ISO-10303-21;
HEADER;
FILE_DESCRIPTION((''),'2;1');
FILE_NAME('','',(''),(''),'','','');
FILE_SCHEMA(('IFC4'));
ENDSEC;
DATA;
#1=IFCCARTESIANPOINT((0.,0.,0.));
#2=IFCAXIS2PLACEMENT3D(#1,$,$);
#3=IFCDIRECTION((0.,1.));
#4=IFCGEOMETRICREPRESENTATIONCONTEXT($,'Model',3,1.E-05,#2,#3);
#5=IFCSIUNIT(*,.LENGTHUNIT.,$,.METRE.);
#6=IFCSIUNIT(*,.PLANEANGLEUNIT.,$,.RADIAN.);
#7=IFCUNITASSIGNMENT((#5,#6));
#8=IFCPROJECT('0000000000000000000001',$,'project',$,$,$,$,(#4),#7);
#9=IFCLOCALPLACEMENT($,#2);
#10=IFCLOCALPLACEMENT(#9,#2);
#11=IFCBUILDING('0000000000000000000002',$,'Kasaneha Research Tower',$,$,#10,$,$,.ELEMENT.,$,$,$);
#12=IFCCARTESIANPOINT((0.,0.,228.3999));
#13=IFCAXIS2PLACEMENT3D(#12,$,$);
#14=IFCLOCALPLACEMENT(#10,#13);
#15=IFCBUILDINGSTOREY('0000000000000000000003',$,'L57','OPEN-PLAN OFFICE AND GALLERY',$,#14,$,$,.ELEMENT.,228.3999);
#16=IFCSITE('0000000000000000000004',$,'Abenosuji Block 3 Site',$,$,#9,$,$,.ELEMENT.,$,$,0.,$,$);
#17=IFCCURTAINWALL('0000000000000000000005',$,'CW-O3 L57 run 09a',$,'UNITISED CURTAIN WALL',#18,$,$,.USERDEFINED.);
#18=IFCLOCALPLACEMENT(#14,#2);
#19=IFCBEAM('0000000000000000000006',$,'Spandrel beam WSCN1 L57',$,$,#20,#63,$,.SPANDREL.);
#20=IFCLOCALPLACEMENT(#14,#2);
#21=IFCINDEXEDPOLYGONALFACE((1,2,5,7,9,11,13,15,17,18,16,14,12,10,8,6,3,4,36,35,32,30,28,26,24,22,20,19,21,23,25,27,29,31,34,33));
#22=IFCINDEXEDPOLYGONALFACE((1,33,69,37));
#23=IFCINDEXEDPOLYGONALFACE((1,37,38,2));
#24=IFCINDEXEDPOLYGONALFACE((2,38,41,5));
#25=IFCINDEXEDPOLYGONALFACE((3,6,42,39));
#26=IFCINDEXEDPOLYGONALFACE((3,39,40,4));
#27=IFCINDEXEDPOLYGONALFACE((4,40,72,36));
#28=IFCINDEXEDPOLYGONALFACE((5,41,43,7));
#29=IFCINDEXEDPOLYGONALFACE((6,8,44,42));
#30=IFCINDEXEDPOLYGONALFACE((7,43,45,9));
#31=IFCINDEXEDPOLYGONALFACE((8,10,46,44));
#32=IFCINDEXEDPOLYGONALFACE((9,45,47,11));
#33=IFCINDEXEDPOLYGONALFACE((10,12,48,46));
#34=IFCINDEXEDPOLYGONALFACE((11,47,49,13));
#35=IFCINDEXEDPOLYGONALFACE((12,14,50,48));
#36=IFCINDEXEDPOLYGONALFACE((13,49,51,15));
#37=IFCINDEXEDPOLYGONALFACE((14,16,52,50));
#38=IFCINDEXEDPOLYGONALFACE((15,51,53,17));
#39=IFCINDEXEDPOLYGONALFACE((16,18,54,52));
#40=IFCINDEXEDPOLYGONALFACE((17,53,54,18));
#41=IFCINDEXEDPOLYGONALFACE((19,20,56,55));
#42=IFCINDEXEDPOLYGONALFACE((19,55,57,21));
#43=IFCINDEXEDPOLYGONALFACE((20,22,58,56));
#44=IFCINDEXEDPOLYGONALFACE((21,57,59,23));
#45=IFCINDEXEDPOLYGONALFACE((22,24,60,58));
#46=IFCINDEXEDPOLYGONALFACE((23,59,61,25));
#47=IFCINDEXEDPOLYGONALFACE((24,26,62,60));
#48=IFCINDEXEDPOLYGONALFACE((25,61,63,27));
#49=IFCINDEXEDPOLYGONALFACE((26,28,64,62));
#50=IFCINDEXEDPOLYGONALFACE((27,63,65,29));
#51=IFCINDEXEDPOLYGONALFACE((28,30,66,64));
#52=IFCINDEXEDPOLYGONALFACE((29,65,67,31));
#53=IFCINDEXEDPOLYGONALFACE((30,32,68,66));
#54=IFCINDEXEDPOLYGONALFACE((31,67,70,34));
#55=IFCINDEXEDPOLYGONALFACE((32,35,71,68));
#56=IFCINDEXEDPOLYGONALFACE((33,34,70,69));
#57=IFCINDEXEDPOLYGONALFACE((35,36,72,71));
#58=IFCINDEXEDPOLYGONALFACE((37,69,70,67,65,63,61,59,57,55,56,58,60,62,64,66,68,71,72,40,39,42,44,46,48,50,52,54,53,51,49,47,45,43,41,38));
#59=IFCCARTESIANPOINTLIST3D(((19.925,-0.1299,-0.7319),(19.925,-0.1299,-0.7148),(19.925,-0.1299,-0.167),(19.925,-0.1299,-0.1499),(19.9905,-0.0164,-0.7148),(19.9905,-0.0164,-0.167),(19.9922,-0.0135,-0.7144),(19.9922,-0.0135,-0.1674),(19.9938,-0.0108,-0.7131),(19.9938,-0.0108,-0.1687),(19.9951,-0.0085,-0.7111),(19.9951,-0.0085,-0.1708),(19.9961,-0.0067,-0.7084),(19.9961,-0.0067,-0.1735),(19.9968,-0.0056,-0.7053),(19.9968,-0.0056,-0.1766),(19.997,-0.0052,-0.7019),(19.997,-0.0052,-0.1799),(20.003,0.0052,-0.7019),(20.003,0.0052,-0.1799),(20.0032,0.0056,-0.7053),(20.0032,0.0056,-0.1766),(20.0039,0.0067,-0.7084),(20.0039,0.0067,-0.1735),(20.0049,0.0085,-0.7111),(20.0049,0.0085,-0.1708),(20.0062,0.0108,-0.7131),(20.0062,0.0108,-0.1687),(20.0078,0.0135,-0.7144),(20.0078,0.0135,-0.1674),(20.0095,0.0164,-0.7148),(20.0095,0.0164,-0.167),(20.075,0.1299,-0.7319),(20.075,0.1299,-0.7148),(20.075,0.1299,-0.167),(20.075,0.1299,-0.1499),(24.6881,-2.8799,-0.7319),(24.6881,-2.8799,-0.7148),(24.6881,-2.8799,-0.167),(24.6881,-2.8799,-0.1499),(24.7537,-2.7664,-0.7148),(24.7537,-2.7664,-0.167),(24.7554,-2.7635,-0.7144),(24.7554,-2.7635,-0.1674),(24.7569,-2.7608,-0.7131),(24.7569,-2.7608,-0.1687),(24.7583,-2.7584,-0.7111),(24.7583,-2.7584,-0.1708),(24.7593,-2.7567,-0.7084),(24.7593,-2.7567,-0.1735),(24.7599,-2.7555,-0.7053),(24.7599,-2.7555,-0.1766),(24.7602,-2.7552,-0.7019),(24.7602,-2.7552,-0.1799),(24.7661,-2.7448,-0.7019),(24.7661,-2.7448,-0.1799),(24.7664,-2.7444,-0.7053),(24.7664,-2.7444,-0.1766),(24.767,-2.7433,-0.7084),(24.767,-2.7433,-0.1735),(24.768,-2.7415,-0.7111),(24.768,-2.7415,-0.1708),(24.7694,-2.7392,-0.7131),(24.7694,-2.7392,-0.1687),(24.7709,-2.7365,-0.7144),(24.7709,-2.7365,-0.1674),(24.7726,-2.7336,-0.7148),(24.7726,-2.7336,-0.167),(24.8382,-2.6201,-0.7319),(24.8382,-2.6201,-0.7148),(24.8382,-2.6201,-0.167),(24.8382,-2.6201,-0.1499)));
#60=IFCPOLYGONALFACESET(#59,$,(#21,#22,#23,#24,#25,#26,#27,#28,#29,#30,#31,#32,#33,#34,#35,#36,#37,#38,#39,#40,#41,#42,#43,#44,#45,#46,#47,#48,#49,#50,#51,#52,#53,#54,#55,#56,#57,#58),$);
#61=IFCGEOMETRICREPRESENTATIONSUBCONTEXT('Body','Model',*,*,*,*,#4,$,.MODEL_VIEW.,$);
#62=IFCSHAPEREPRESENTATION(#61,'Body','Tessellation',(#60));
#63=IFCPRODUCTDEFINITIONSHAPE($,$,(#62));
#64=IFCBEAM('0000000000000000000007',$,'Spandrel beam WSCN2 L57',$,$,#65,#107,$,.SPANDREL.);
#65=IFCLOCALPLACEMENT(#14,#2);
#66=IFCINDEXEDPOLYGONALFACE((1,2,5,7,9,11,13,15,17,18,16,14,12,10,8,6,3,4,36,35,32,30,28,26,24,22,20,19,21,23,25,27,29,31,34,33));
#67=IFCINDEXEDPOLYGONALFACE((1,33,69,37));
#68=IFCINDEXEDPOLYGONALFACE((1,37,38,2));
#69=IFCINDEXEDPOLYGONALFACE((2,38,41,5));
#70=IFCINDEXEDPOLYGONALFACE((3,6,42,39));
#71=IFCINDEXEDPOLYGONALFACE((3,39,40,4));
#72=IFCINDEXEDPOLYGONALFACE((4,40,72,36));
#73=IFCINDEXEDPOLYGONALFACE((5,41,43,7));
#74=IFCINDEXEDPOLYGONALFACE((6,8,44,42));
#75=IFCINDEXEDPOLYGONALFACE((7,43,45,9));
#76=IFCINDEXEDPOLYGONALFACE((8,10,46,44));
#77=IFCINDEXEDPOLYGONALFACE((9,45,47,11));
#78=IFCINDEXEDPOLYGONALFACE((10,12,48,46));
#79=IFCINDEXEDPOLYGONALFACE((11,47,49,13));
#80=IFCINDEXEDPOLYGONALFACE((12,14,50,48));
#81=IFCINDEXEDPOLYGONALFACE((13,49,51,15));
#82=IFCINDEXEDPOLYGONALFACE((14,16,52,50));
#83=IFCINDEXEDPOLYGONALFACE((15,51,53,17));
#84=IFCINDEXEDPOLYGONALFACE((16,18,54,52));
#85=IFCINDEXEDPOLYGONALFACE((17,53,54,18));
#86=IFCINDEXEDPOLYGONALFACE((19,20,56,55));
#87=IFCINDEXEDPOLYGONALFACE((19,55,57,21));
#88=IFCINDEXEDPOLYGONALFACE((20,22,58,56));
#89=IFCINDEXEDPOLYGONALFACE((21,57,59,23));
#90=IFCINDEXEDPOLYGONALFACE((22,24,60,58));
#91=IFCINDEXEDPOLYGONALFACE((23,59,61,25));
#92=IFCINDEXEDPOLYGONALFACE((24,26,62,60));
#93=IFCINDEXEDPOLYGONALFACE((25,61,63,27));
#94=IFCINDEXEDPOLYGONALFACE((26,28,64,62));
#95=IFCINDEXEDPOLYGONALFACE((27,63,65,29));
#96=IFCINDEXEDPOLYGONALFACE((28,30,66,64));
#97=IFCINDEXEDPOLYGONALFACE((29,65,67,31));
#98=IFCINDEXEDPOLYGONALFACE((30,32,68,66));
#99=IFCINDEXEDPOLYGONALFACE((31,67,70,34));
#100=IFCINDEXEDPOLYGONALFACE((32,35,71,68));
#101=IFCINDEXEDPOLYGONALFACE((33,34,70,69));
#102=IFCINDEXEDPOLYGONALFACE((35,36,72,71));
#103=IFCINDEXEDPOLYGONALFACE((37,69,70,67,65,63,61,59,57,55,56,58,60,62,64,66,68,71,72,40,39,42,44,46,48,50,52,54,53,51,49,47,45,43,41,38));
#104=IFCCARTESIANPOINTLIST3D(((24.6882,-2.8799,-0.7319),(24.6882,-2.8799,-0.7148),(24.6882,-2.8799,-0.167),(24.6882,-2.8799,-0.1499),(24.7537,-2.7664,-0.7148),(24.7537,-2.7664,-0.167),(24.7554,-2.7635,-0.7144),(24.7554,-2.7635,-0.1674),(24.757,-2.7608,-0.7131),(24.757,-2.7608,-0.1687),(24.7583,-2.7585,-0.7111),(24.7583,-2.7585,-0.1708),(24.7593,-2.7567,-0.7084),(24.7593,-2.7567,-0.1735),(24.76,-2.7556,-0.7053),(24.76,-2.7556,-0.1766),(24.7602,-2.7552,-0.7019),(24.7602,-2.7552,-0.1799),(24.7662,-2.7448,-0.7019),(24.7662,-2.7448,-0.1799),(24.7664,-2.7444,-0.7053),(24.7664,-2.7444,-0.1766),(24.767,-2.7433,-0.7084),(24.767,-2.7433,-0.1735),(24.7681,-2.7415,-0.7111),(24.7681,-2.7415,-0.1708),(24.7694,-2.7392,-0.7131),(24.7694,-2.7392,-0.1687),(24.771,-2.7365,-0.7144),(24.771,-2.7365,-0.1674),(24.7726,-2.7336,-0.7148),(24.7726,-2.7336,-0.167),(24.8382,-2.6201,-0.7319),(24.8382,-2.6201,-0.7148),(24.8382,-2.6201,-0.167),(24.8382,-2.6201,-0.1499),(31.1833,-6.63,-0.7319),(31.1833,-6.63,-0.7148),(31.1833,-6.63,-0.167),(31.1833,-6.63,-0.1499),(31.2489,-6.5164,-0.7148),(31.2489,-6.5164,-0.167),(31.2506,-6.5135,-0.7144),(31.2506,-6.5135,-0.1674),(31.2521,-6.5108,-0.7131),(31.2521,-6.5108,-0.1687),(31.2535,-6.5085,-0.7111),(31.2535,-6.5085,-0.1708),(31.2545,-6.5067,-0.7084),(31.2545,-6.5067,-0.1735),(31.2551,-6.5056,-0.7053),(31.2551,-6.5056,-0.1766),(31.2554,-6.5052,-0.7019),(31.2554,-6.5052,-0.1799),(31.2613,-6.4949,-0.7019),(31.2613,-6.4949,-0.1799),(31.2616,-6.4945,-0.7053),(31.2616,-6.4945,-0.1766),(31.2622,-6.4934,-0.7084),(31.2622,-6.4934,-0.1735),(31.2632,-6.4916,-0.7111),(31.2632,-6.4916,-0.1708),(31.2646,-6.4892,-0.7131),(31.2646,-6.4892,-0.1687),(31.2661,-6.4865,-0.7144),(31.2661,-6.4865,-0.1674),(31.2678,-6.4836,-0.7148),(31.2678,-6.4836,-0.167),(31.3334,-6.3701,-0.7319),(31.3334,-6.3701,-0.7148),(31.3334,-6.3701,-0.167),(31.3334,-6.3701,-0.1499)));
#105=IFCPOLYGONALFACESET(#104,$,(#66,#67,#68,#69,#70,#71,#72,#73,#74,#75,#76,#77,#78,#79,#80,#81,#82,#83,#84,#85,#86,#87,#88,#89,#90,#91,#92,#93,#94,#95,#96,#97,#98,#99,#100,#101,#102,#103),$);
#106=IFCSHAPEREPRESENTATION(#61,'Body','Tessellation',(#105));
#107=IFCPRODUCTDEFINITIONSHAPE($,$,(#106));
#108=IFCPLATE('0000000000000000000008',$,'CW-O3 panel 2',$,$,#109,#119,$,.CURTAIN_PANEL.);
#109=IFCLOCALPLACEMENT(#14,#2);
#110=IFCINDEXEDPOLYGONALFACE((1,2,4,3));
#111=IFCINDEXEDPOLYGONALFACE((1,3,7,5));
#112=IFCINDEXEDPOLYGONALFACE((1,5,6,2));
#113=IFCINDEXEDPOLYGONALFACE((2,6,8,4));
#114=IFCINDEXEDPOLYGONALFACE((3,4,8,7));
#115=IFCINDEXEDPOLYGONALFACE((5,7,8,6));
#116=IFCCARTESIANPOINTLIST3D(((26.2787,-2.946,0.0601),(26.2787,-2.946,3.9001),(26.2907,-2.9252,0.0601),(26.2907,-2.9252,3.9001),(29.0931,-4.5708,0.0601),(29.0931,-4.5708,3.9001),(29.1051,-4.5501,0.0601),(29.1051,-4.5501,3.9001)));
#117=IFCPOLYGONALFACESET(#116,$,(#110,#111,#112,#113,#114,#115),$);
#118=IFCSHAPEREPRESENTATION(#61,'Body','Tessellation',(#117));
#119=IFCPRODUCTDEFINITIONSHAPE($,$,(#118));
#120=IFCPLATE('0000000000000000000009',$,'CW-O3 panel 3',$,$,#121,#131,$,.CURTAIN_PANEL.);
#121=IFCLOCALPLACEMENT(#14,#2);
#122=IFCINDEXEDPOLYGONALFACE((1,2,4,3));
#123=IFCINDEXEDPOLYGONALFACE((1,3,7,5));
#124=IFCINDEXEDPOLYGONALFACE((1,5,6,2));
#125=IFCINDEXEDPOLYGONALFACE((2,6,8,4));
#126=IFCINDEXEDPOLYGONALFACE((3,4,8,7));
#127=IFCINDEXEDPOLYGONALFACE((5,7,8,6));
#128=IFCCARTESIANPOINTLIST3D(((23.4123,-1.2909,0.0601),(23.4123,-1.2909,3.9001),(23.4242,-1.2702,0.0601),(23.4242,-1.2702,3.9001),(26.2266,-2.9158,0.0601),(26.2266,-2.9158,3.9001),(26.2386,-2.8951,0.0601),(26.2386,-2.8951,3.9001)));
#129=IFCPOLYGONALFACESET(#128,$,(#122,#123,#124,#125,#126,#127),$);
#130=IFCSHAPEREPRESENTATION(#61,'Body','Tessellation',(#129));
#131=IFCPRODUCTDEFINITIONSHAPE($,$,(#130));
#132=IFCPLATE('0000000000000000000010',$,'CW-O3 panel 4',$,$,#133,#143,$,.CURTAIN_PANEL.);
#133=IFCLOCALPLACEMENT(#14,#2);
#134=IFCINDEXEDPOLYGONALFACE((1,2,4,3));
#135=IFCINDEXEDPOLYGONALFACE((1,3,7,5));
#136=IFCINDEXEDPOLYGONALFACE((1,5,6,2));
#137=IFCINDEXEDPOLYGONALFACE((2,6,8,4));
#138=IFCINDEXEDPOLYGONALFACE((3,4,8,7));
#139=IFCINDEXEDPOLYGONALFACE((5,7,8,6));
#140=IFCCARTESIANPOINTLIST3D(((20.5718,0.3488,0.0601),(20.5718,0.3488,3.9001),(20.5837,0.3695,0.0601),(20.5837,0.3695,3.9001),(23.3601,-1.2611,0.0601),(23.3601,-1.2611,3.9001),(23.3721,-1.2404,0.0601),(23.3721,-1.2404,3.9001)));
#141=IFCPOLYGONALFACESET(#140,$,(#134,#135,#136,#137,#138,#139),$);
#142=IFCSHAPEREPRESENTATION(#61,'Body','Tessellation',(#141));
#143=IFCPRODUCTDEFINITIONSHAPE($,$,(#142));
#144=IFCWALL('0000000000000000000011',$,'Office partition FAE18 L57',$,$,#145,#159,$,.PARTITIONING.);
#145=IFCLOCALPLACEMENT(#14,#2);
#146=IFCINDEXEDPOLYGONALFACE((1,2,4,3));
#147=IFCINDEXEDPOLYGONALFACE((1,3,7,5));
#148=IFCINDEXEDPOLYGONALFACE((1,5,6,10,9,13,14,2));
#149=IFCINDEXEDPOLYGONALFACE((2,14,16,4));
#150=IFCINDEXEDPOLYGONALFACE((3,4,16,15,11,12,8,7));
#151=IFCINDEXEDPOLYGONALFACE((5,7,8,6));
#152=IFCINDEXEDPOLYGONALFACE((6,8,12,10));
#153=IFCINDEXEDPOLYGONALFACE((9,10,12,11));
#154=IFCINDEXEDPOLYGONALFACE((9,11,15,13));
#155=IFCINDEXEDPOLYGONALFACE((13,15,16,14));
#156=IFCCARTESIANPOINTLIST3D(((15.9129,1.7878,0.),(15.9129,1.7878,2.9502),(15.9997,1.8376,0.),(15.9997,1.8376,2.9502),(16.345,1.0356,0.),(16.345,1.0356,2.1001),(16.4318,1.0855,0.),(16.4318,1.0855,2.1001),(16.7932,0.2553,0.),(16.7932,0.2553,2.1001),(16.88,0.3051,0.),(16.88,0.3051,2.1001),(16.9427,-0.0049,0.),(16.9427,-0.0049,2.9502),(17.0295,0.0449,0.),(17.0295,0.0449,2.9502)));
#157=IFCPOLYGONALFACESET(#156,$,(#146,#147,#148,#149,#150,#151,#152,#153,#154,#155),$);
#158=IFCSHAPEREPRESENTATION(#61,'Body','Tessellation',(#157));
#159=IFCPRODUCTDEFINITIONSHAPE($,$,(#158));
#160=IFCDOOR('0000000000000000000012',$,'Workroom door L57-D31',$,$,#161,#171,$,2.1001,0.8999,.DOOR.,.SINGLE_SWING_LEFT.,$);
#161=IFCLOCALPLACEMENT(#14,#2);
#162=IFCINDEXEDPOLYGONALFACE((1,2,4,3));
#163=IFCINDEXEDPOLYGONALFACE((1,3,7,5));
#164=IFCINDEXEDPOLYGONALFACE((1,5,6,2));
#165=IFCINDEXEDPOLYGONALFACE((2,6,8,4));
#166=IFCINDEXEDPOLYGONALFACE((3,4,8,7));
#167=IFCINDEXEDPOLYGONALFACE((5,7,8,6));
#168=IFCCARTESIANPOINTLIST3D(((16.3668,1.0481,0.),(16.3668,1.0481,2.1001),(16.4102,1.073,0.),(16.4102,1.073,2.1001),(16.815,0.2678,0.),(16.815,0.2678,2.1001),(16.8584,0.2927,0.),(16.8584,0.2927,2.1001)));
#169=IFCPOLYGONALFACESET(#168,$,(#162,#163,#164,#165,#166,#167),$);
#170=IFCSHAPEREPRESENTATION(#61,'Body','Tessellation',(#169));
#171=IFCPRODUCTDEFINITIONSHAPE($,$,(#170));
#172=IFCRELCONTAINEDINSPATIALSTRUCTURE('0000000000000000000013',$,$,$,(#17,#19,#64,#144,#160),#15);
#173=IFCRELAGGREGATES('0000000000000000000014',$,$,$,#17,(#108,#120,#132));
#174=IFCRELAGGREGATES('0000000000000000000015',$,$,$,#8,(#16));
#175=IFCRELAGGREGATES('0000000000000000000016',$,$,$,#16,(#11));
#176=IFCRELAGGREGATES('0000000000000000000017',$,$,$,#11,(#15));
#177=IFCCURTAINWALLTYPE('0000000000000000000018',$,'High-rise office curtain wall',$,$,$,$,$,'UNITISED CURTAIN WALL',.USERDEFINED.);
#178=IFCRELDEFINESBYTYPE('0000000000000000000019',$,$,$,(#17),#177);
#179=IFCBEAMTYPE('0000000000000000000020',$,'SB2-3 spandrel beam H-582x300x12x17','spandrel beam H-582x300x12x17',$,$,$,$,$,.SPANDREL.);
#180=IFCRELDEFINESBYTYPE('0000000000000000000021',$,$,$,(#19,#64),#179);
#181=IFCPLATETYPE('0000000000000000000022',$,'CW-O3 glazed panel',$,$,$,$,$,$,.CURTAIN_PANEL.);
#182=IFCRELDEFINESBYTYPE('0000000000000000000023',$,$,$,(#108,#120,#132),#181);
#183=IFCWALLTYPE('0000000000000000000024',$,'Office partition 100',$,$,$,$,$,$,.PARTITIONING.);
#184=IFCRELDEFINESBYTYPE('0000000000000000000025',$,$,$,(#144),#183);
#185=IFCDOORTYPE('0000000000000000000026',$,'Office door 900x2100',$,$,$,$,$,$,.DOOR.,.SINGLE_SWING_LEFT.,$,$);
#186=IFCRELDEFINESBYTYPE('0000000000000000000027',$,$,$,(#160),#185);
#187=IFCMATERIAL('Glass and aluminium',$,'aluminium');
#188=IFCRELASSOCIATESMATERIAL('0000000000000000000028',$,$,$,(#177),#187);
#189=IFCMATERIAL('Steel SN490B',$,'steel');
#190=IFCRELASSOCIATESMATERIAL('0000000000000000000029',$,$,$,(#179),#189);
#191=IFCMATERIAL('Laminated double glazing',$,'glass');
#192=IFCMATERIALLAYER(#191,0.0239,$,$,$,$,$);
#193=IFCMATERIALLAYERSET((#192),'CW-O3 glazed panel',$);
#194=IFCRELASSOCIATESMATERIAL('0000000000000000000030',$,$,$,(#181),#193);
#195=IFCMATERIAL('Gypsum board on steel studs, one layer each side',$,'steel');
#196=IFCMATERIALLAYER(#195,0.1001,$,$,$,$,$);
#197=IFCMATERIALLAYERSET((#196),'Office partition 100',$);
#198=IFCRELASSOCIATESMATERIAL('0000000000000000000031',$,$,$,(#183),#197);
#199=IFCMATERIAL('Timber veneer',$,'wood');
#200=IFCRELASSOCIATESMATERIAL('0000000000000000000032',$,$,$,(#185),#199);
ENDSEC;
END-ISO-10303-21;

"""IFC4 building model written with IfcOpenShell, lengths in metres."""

from ifc_helpers import new_model, si_unit, direction, frame, frame_2d, origin, origin_2d, place, context, subcontext, project, spatial, rectangle, i_section, extrude, material, layer, layer_set, material_profile, profile_set, type_object, element, fill, aggregate, save


model = new_model("IFC4")

# Units and contexts
model_context = context("Model", 3, precision=1e-05, world=origin(), true_north=direction((0.0, 1.0)))
body_context = subcontext(model_context, "Body", "Model", "MODEL_VIEW")
ifc_project = project(units=[si_unit("LENGTHUNIT", "METRE"), si_unit("PLANEANGLEUNIT", "RADIAN")], contexts=[model_context])

# Site, building, storey
site_placement = place(None, origin())
site = spatial("IfcSite", under=ifc_project, at=site_placement, Name="Abenosuji Block 3 Site", CompositionType="ELEMENT", RefElevation=0.0)
building_placement = place(site_placement, origin())
building = spatial("IfcBuilding", under=site, at=building_placement, Name="Kasaneha Research Tower", CompositionType="ELEMENT")
storey_placement = place(building_placement, frame((0.0, 0.0, 228.3999)))
storey = spatial("IfcBuildingStorey", under=building, at=storey_placement, Name="L57", Description="OPEN-PLAN OFFICE AND GALLERY", CompositionType="ELEMENT", Elevation=228.3999)

# Curtain wall
ifc_material_1 = material(Name="Glass and aluminium", Category="aluminium")
curtain_wall_type = type_object("IfcCurtainWallType", Name="High-rise office curtain wall", ElementType="UNITISED CURTAIN WALL", PredefinedType="USERDEFINED", material=ifc_material_1)
curtain_wall_placement = place(storey_placement, origin())
curtain_wall = element("IfcCurtainWall", 1, at=curtain_wall_placement, inside=storey, type_object=curtain_wall_type, Name="CW-O3 L57 run 09a", ObjectType="UNITISED CURTAIN WALL", PredefinedType="USERDEFINED")

# Beams
ifc_material_2 = material(Name="Steel SN490B", Category="steel")
ifc_material_profile_1 = material_profile(ifc_material_2, i_section(OverallWidth=0.3, OverallDepth=0.582, WebThickness=0.012, FlangeThickness=0.0171, FilletRadius=0.0129, at=origin_2d()), Name="H-582x300x12x17")
ifc_profile_set_1 = profile_set([ifc_material_profile_1], Name="Steel SN490B")
beam_type_1 = type_object("IfcBeamType", Name="SB2-3 spandrel beam H-582x300x12x17", Description="spandrel beam H-582x300x12x17", PredefinedType="SPANDREL", material=ifc_profile_set_1)
beam_1_placement = place(storey_placement, frame((20.0, 0.0, -0.4409), z_axis=(0.866027, -0.499997, 0.0), x_axis=(0.499997, 0.866027, 0.0)))
element("IfcBeam", 2, at=beam_1_placement, inside=storey, type_object=beam_type_1, Name="Spandrel beam WSCN1 L57", PredefinedType="SPANDREL", context=body_context, shape_type="SweptSolid", body=[
    extrude(i_section(OverallWidth=0.3, OverallDepth=0.582, WebThickness=0.012, FlangeThickness=0.0171, FilletRadius=0.0129, at=origin_2d()), origin(), (0.0, 0.0, 1.0), 5.5),
])
beam_2_placement = place(storey_placement, frame((24.7632, -2.75, -0.4409), z_axis=(0.866023, -0.500004, 0.0), x_axis=(0.500004, 0.866023, 0.0)))
element("IfcBeam", 3, at=beam_2_placement, inside=storey, type_object=beam_type_1, Name="Spandrel beam WSCN2 L57", PredefinedType="SPANDREL", context=body_context, shape_type="SweptSolid", body=[
    extrude(i_section(OverallWidth=0.3, OverallDepth=0.582, WebThickness=0.012, FlangeThickness=0.0171, FilletRadius=0.0129, at=origin_2d()), origin(), (0.0, 0.0, 1.0), 7.5),
])

# Plates
ifc_material_3 = material(Name="Laminated double glazing", Category="glass")
ifc_layer_1 = layer(ifc_material_3, 0.0239)
ifc_layer_set_1 = layer_set([ifc_layer_1], Name="CW-O3 glazed panel")
plate_type = type_object("IfcPlateType", Name="CW-O3 glazed panel", PredefinedType="CURTAIN_PANEL", material=ifc_layer_set_1)
plate_1_placement = place(storey_placement, frame((27.6919, -3.748, 0.0601), z_axis=(0.0, 0.0, 1.0), x_axis=(-0.866025, 0.5, 0.0)))
plate_1 = element("IfcPlate", 4, at=plate_1_placement, type_object=plate_type, Name="CW-O3 panel 2", PredefinedType="CURTAIN_PANEL", context=body_context, shape_type="SweptSolid", body=[
    extrude(rectangle(XDim=3.2498, YDim=0.0239, at=origin_2d()), origin(), (0.0, 0.0, 1.0), 3.8401),
])
plate_2_placement = place(storey_placement, frame((24.8254, -2.093, 0.0601), z_axis=(0.0, 0.0, 1.0), x_axis=(-0.866025, 0.5, 0.0)))
plate_2 = element("IfcPlate", 5, at=plate_2_placement, type_object=plate_type, Name="CW-O3 panel 3", PredefinedType="CURTAIN_PANEL", context=body_context, shape_type="SweptSolid", body=[
    extrude(rectangle(XDim=3.2498, YDim=0.0239, at=origin_2d()), origin(), (0.0, 0.0, 1.0), 3.8401),
])
plate_3_placement = place(storey_placement, frame((21.9719, -0.4458, 0.0601), z_axis=(0.0, 0.0, 1.0), x_axis=(-0.866025, 0.5, 0.0)))
plate_3 = element("IfcPlate", 6, at=plate_3_placement, type_object=plate_type, Name="CW-O3 panel 4", PredefinedType="CURTAIN_PANEL", context=body_context, shape_type="SweptSolid", body=[
    extrude(rectangle(XDim=3.2197, YDim=0.0239, at=origin_2d()), origin(), (0.0, 0.0, 1.0), 3.8401),
])
aggregate(curtain_wall, [plate_1, plate_2, plate_3])

# Wall, opening, door
ifc_material_4 = material(Name="Gypsum board on steel studs, one layer each side", Category="steel")
ifc_layer_2 = layer(ifc_material_4, 0.1001)
ifc_layer_set_2 = layer_set([ifc_layer_2], Name="Office partition 100")
wall_type_1 = type_object("IfcWallType", Name="Office partition 100", PredefinedType="PARTITIONING", material=ifc_layer_set_2)
wall_1_placement = place(storey_placement, frame((16.9861, 0.02, 0.0), z_axis=(0.0, 0.0, 1.0), x_axis=(-0.498096, 0.867122, 0.0)))
wall_1 = element("IfcWall", 7, at=wall_1_placement, inside=storey, type_object=wall_type_1, Name="Office partition FAE18 L57", PredefinedType="PARTITIONING", context=body_context, shape_type="SweptSolid", body=[
    extrude(rectangle(XDim=2.0674, YDim=0.1001, at=frame_2d((1.0337, 0.0))), origin(), (0.0, 0.0, 1.0), 2.9502),
])
opening_1_placement = place(wall_1_placement, frame((0.3, 0.0, 0.0)))
opening_1 = element("IfcOpeningElement", 8, at=opening_1_placement, cuts=wall_1, PredefinedType="OPENING", context=body_context, shape_type="SweptSolid", body=[
    extrude(rectangle(XDim=0.8999, YDim=2.1001, at=frame_2d((0.45, 1.05))), frame((0.0, 0.0601, 0.0), z_axis=(0.0, -1.0, 0.0), x_axis=(1.0, 0.0, 0.0)), (0.0, 0.0, 1.0), 0.1201),
])
ifc_material_5 = material(Name="Timber veneer", Category="wood")
door_type_1 = type_object("IfcDoorType", Name="Office door 900x2100", OperationType="SINGLE_SWING_LEFT", PredefinedType="DOOR", material=ifc_material_5)
door_1_placement = place(opening_1_placement, origin())
door_1 = element("IfcDoor", 9, at=door_1_placement, inside=storey, type_object=door_type_1, Name="Workroom door L57-D31", OperationType="SINGLE_SWING_LEFT", OverallHeight=2.1001, OverallWidth=0.8999, PredefinedType="DOOR", context=body_context, shape_type="SweptSolid", body=[
    extrude(rectangle(XDim=0.8999, YDim=2.1001, at=frame_2d((0.45, 1.05))), frame((0.0, 0.0249, 0.0), z_axis=(0.0, -1.0, 0.0), x_axis=(1.0, 0.0, 0.0)), (0.0, 0.0, 1.0), 0.05),
])
fill(opening_1, door_1)

save(model, "model.ifc")
